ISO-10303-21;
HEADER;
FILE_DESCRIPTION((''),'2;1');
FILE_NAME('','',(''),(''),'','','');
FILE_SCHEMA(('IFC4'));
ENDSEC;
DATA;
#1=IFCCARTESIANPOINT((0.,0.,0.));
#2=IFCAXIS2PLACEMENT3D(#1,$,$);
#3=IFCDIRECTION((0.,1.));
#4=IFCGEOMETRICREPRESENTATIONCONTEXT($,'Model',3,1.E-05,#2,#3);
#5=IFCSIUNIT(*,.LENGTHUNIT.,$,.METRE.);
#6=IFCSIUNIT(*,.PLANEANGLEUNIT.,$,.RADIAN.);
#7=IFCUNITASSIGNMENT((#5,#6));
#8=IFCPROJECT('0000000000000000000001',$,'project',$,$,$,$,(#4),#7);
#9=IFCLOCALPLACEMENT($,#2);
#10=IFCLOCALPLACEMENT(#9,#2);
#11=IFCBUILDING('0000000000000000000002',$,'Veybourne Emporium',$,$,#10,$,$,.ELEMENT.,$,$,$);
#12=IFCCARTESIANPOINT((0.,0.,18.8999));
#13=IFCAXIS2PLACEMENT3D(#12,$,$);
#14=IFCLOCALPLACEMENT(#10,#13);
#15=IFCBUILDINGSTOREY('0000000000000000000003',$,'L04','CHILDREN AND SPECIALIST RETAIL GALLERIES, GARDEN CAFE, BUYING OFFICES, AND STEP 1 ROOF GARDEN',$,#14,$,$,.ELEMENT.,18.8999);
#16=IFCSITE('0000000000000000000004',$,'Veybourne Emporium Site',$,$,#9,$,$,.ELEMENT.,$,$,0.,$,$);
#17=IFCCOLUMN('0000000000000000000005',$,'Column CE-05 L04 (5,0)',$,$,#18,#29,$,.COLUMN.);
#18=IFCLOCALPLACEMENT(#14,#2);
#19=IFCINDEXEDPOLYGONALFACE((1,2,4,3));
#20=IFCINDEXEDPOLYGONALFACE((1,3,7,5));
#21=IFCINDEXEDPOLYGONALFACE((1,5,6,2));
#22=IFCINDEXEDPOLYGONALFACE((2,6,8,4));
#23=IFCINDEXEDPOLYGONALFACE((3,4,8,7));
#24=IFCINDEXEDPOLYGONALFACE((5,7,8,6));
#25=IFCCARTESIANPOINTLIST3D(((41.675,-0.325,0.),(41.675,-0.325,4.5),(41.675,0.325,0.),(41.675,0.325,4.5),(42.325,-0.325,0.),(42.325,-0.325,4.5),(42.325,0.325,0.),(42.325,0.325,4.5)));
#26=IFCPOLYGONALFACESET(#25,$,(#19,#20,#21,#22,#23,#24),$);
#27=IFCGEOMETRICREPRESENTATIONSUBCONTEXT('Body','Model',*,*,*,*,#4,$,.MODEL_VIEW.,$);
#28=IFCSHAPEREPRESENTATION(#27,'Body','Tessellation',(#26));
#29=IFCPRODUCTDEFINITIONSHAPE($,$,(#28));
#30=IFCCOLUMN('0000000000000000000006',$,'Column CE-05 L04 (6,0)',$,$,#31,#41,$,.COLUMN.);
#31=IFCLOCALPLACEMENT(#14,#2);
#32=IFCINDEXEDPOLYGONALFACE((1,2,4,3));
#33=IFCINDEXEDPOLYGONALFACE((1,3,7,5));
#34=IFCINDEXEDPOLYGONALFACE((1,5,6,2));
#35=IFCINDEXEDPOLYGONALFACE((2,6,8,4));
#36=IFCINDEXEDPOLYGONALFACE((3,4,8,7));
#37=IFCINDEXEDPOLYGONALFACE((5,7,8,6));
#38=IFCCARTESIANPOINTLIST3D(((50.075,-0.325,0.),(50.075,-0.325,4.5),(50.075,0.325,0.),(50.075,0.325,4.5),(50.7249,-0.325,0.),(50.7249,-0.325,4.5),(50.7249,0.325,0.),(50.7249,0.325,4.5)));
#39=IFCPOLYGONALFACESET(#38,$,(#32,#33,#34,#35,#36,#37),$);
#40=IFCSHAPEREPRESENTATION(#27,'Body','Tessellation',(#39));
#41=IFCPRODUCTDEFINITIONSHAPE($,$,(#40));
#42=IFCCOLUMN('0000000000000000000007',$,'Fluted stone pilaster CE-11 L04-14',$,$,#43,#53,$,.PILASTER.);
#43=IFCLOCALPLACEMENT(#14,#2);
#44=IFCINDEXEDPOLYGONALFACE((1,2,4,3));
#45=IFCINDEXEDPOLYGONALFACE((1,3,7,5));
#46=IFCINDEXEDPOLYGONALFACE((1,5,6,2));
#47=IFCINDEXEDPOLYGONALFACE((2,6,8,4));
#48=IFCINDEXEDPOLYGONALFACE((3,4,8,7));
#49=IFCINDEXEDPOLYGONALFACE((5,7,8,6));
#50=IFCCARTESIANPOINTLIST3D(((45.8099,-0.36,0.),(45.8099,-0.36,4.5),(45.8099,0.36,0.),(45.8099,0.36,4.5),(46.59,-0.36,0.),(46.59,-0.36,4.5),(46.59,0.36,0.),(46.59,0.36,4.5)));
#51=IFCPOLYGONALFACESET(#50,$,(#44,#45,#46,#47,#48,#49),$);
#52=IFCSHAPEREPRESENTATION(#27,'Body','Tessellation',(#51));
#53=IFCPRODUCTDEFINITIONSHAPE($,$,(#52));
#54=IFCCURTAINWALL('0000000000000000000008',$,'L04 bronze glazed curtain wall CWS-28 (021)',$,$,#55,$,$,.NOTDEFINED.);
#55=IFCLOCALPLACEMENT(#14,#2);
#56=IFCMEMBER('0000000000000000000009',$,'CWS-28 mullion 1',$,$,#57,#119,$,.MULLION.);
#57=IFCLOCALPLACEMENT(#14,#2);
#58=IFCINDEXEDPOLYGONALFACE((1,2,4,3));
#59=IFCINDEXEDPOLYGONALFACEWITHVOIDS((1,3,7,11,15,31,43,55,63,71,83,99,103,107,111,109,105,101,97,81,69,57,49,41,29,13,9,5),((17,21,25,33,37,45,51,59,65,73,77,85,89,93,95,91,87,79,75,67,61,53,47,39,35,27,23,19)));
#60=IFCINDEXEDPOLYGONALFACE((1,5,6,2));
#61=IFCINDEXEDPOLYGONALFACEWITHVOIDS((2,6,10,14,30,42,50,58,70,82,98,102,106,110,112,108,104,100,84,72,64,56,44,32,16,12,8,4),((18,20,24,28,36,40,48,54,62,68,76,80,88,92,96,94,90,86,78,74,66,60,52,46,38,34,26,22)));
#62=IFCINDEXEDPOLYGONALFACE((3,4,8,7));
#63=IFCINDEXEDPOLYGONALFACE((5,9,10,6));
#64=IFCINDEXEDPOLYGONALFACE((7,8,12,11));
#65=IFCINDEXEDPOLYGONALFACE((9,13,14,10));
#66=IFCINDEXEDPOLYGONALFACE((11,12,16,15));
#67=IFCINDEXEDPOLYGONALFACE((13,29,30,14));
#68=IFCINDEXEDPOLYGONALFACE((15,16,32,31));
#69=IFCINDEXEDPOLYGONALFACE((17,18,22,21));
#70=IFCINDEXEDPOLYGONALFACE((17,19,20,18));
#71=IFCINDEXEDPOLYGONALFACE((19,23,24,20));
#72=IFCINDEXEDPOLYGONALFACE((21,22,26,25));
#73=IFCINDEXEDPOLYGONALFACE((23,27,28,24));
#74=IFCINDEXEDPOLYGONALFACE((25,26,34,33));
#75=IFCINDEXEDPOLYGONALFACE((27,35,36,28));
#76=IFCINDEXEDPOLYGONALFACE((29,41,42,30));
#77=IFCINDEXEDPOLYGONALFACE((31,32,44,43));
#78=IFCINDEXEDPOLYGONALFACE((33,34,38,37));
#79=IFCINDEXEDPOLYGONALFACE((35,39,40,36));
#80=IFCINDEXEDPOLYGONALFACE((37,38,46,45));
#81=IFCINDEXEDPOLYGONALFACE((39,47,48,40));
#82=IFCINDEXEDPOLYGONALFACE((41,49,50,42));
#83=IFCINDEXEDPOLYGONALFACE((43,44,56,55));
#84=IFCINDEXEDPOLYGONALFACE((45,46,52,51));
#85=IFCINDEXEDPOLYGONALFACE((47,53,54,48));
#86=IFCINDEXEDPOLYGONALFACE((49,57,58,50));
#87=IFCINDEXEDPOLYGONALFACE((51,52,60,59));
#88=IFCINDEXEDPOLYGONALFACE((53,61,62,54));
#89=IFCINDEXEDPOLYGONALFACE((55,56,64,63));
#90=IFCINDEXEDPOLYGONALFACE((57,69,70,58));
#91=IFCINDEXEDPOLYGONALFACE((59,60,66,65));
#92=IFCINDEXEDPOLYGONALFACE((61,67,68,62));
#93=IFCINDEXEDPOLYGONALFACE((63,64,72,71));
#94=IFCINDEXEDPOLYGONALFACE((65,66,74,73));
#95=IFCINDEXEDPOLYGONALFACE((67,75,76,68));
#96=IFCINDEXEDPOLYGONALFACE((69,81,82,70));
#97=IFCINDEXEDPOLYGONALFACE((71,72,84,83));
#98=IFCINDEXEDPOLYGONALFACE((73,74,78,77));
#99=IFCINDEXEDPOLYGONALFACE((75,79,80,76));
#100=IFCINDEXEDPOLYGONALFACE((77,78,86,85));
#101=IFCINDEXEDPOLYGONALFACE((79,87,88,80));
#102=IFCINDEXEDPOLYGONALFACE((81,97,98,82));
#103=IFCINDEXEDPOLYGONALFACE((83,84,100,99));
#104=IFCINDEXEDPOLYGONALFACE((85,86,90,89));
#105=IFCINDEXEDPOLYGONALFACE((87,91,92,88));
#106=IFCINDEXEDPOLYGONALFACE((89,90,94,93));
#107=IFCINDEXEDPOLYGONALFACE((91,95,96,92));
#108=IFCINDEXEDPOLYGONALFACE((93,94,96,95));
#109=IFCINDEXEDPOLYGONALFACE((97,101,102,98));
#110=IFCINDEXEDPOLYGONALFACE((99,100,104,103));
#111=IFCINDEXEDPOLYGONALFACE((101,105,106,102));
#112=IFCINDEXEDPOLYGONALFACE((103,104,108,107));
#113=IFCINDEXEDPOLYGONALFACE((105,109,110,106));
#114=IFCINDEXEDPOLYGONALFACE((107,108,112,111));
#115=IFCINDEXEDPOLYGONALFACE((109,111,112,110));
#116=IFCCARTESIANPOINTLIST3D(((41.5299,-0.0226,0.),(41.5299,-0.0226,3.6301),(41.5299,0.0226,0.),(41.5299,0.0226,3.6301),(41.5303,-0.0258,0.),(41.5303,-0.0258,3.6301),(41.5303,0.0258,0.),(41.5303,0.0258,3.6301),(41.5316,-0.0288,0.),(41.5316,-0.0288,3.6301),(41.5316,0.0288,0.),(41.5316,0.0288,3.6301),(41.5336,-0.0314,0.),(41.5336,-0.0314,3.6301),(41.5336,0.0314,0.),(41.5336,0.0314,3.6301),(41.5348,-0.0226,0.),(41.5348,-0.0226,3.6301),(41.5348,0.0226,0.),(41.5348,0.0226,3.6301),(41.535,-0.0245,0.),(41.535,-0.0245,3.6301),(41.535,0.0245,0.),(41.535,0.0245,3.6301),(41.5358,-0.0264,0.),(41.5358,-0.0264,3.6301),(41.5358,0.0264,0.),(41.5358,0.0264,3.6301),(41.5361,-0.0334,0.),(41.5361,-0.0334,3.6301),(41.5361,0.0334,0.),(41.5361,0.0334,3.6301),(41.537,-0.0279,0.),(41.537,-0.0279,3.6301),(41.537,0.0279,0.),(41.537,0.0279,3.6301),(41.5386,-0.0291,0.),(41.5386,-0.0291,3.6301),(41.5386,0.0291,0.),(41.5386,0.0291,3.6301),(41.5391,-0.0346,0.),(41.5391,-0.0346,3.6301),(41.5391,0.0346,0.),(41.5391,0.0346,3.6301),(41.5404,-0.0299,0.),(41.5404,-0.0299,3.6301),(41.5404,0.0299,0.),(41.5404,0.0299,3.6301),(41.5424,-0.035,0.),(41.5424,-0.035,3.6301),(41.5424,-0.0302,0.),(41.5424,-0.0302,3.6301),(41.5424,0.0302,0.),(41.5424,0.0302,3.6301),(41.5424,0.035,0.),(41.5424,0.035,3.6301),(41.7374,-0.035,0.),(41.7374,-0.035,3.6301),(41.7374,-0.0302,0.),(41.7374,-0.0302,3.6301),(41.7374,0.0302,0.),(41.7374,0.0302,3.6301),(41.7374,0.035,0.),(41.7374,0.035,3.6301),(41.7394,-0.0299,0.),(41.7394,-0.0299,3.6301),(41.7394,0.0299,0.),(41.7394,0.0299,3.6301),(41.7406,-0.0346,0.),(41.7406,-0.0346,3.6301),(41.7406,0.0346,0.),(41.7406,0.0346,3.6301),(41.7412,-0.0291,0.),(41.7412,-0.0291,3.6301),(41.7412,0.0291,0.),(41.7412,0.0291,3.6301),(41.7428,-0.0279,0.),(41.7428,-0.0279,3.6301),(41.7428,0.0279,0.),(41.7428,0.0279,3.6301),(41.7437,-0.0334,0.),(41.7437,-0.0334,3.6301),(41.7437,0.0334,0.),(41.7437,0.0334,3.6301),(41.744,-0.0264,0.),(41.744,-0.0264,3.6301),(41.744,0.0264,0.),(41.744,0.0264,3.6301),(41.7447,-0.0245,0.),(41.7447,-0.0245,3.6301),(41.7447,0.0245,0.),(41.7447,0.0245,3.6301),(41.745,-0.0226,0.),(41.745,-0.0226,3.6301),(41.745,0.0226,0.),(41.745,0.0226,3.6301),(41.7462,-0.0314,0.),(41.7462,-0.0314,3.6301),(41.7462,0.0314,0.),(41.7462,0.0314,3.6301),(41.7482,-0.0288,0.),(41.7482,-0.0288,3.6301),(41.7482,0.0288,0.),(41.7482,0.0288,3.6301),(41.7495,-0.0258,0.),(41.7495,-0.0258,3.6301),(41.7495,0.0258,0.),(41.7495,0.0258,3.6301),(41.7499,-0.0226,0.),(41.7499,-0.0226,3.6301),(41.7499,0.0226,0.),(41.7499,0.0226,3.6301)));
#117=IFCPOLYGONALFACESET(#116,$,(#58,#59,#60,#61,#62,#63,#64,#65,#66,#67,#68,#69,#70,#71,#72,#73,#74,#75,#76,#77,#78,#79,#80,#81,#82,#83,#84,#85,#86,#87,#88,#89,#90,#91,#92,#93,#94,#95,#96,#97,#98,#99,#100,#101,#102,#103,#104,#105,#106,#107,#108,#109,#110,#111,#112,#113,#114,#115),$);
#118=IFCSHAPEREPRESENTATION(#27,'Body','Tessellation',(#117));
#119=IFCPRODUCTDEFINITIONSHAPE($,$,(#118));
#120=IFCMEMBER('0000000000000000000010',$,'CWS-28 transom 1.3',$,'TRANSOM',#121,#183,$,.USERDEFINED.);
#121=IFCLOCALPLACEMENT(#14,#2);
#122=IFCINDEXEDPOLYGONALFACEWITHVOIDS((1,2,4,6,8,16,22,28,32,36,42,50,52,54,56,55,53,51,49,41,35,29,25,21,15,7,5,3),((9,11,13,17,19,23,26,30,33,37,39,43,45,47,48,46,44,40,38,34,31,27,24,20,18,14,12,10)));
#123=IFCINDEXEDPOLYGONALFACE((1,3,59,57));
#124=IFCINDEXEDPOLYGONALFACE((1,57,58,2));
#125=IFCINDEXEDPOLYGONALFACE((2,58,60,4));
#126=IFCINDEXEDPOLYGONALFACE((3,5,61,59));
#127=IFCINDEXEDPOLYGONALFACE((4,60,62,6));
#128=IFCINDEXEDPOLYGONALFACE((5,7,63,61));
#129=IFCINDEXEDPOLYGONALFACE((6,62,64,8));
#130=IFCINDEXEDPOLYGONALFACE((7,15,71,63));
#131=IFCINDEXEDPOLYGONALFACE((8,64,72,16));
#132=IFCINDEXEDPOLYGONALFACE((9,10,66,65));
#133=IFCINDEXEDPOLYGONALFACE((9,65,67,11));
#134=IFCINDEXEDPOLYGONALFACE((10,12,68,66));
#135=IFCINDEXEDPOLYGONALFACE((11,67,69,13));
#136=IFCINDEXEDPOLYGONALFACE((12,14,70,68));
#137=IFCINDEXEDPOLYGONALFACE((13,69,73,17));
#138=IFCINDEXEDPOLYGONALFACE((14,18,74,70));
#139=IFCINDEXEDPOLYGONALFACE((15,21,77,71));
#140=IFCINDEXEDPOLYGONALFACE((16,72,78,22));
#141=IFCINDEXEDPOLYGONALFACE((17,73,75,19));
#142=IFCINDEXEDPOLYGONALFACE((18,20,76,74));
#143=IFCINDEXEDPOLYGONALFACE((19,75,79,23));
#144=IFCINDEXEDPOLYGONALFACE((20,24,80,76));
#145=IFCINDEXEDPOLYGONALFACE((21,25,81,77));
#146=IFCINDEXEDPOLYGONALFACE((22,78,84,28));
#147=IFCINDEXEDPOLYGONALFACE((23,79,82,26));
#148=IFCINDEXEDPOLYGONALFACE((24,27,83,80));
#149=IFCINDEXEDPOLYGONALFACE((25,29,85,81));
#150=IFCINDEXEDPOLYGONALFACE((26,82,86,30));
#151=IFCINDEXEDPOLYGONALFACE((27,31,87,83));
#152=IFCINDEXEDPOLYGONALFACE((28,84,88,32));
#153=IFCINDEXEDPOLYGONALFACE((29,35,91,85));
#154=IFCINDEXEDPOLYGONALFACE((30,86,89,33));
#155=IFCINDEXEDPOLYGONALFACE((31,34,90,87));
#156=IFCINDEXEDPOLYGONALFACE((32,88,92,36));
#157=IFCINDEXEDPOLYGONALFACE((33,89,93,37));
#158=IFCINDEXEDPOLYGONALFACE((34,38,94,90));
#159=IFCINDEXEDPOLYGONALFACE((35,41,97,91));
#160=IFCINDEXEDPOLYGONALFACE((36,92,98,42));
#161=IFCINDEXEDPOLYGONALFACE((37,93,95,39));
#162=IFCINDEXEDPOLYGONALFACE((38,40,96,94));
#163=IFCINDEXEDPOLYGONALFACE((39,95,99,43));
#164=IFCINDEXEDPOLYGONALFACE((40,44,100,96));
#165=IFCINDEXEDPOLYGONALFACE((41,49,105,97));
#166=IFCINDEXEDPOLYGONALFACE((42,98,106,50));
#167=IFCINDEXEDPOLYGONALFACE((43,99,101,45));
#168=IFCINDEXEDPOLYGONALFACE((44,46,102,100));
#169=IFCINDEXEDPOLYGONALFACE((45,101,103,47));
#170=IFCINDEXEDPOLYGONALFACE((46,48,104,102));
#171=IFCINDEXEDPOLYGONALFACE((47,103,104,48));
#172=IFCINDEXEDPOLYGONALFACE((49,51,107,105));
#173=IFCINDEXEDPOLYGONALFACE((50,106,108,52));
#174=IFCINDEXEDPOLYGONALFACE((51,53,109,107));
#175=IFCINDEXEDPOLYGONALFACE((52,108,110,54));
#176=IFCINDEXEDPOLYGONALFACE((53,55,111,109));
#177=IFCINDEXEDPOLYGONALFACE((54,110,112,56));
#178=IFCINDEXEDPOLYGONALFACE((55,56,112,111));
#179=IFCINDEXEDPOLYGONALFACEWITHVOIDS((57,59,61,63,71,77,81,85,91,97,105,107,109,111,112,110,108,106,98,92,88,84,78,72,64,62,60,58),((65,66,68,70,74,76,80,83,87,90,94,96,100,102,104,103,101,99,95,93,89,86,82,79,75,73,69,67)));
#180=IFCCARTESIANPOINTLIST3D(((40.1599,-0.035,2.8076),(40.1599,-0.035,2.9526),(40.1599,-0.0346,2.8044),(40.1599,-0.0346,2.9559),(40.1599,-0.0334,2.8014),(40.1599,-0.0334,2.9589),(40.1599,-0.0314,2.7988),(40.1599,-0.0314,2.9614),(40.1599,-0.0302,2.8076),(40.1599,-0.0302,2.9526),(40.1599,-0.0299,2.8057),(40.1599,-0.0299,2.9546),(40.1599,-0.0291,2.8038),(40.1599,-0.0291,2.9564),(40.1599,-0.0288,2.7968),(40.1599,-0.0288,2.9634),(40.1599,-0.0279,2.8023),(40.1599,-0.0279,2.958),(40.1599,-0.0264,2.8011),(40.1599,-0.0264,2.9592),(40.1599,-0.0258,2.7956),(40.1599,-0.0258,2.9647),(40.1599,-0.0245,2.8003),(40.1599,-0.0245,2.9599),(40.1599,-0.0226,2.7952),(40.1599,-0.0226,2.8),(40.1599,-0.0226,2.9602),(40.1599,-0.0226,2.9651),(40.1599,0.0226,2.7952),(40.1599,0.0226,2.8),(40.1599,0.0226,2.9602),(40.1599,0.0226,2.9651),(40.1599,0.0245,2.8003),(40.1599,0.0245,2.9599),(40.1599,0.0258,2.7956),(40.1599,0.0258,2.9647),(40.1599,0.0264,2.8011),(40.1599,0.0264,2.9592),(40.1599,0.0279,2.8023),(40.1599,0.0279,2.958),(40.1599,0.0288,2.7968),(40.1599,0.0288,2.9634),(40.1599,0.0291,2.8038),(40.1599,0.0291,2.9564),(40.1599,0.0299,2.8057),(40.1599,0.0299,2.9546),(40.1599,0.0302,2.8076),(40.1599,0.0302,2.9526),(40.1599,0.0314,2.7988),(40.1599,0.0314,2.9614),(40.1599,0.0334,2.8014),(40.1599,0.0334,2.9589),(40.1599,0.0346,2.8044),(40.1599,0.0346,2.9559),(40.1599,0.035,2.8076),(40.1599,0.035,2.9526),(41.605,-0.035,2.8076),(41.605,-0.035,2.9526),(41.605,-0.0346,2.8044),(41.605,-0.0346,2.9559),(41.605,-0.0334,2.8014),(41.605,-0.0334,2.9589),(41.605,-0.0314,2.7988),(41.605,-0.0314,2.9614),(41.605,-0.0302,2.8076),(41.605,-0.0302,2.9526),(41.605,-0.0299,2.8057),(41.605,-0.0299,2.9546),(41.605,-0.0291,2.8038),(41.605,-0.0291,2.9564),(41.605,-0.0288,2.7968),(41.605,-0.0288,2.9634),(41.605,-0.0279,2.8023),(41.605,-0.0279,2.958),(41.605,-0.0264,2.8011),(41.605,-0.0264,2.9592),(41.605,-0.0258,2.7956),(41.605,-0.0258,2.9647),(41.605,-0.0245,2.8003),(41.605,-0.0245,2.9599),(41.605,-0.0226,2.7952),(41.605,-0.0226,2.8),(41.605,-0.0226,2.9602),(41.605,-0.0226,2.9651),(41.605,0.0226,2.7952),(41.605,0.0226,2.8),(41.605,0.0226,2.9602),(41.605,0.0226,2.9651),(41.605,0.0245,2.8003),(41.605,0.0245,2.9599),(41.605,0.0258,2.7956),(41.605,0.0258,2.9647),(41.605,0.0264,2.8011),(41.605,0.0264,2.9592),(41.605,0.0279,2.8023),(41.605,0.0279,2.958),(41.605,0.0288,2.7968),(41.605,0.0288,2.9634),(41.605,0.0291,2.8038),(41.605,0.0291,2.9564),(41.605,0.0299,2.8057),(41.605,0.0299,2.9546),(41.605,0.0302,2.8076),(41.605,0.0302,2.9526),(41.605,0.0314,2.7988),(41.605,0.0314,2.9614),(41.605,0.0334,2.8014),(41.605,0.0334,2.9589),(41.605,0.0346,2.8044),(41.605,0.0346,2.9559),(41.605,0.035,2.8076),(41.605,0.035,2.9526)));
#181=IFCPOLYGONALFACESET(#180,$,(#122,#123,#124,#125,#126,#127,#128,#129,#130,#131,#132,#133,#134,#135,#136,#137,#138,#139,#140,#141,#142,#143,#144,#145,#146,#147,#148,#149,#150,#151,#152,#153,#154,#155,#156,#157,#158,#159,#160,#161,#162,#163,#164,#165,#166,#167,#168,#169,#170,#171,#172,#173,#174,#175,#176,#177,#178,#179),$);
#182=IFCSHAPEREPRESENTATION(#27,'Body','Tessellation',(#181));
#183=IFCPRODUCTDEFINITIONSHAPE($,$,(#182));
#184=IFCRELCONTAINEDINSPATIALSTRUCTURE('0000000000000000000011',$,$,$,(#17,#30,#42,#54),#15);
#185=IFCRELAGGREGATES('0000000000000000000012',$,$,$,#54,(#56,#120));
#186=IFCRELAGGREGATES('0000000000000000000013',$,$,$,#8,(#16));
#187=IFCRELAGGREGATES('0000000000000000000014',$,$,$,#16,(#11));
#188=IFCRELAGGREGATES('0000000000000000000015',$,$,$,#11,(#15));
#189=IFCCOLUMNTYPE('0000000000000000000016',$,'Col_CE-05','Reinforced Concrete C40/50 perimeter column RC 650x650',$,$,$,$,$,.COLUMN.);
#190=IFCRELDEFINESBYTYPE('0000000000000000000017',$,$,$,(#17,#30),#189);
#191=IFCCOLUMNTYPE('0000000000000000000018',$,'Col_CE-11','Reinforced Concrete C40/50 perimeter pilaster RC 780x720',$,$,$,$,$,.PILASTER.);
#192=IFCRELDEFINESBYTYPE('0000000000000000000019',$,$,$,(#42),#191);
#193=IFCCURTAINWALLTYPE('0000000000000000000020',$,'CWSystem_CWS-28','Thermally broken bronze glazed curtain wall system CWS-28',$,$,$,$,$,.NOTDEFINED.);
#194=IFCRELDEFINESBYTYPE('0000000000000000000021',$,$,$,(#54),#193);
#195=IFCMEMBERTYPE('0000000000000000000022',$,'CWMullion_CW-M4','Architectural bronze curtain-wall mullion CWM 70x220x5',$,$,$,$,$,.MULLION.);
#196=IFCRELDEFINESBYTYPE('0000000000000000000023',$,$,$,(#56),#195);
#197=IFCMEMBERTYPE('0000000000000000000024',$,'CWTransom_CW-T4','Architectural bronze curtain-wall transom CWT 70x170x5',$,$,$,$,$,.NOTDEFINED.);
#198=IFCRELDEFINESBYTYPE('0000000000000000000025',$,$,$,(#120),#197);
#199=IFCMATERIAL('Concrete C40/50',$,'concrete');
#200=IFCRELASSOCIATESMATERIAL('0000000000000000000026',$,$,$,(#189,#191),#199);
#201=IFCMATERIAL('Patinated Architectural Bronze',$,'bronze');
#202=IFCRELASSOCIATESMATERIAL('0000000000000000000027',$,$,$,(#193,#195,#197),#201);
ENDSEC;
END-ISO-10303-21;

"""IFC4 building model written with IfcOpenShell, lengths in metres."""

from ifc_helpers import new_model, si_unit, direction, frame, origin, origin_2d, place, context, subcontext, project, spatial, rectangle, hollow_rectangle, extrude, material, material_profile, profile_set, type_object, element, aggregate, save


model = new_model("IFC4")

# Units and contexts
model_context = context("Model", 3, precision=1e-05, world=origin(), true_north=direction((0.0, 1.0)))
body_context = subcontext(model_context, "Body", "Model", "MODEL_VIEW")
ifc_project = project(units=[si_unit("LENGTHUNIT", "METRE"), si_unit("PLANEANGLEUNIT", "RADIAN")], contexts=[model_context])

# Site, building, storey
site_placement = place(None, origin())
site = spatial("IfcSite", under=ifc_project, at=site_placement, Name="Veybourne Emporium Site", CompositionType="ELEMENT", RefElevation=0.0)
building_placement = place(site_placement, origin())
building = spatial("IfcBuilding", under=site, at=building_placement, Name="Veybourne Emporium", CompositionType="ELEMENT")
storey_placement = place(building_placement, frame((0.0, 0.0, 18.8999)))
storey = spatial("IfcBuildingStorey", under=building, at=storey_placement, Name="L04", Description="CHILDREN AND SPECIALIST RETAIL GALLERIES, GARDEN CAFE, BUYING OFFICES, AND STEP 1 ROOF GARDEN", CompositionType="ELEMENT", Elevation=18.8999)

# Columns
ifc_material_1 = material(Name="Concrete C40/50", Category="concrete")
ifc_material_profile_1 = material_profile(ifc_material_1, rectangle(XDim=0.6499, YDim=0.6499, at=origin_2d()), Name="RC 650x650")
ifc_profile_set_1 = profile_set([ifc_material_profile_1], Name="Concrete C40/50")
column_type_1 = type_object("IfcColumnType", Name="Col_CE-05", Description="Reinforced Concrete C40/50 perimeter column RC 650x650", PredefinedType="COLUMN", material=ifc_profile_set_1)
for number, where, z_axis, x_axis, name in (
    (1, (42.0, 0.0, 0.0), (0.0, 0.0, 1.0), (1.0, 0.0, 0.0), "Column CE-05 L04 (5,0)"),
    (2, (50.3999, 0.0, 0.0), (0.0, 0.0, 1.0), (1.0, 0.0, 0.0), "Column CE-05 L04 (6,0)"),
):
    element("IfcColumn", number, at=place(storey_placement, frame(where, z_axis=z_axis, x_axis=x_axis)), inside=storey, type_object=column_type_1, Name=name, PredefinedType="COLUMN", context=body_context, shape_type="SweptSolid", body=[
        extrude(rectangle(XDim=0.6499, YDim=0.6499, at=origin_2d()), origin(), (0.0, 0.0, 1.0), 4.5),
    ])
ifc_material_profile_2 = material_profile(ifc_material_1, rectangle(XDim=0.78, YDim=0.72, at=origin_2d()), Name="RC 780x720")
ifc_profile_set_2 = profile_set([ifc_material_profile_2], Name="Concrete C40/50")
column_type_2 = type_object("IfcColumnType", Name="Col_CE-11", Description="Reinforced Concrete C40/50 perimeter pilaster RC 780x720", PredefinedType="PILASTER", material=ifc_profile_set_2)
column_placement = place(storey_placement, frame((46.2, 0.0, 0.0), z_axis=(0.0, 0.0, 1.0), x_axis=(1.0, 0.0, 0.0)))
element("IfcColumn", 3, at=column_placement, inside=storey, type_object=column_type_2, Name="Fluted stone pilaster CE-11 L04-14", PredefinedType="PILASTER", context=body_context, shape_type="SweptSolid", body=[
    extrude(rectangle(XDim=0.78, YDim=0.72, at=origin_2d()), origin(), (0.0, 0.0, 1.0), 4.5),
])

# Curtain wall, members
ifc_material_2 = material(Name="Patinated Architectural Bronze", Category="bronze")
curtain_wall_type = type_object("IfcCurtainWallType", Name="CWSystem_CWS-28", Description="Thermally broken bronze glazed curtain wall system CWS-28", PredefinedType="NOTDEFINED", material=ifc_material_2)
curtain_wall_placement = place(storey_placement, origin())
curtain_wall = element("IfcCurtainWall", 4, at=curtain_wall_placement, inside=storey, type_object=curtain_wall_type, Name="L04 bronze glazed curtain wall CWS-28 (021)", PredefinedType="NOTDEFINED")
ifc_material_profile_3 = material_profile(ifc_material_2, hollow_rectangle(XDim=0.0701, YDim=0.22, WallThickness=0.0049, InnerFilletRadius=0.0076, OuterFilletRadius=0.0125, at=origin_2d()), Name="CWM 70x220x5")
ifc_profile_set_3 = profile_set([ifc_material_profile_3], Name="Patinated Architectural Bronze")
member_type_1 = type_object("IfcMemberType", Name="CWMullion_CW-M4", Description="Architectural bronze curtain-wall mullion CWM 70x220x5", PredefinedType="MULLION", material=ifc_profile_set_3)
member_1_placement = place(storey_placement, frame((41.6399, 0.0, 0.0), z_axis=(0.0, 0.0, 1.0), x_axis=(0.0, -1.0, 0.0)))
member_1 = element("IfcMember", 5, at=member_1_placement, type_object=member_type_1, Name="CWS-28 mullion 1", PredefinedType="MULLION", context=body_context, shape_type="SweptSolid", body=[
    extrude(hollow_rectangle(XDim=0.0701, YDim=0.22, WallThickness=0.0049, InnerFilletRadius=0.0076, OuterFilletRadius=0.0125, at=origin_2d()), origin(), (0.0, 0.0, 1.0), 3.6301),
])
ifc_material_profile_4 = material_profile(ifc_material_2, hollow_rectangle(XDim=0.0701, YDim=0.1699, WallThickness=0.0049, InnerFilletRadius=0.0076, OuterFilletRadius=0.0125, at=origin_2d()), Name="CWT 70x170x5")
ifc_profile_set_4 = profile_set([ifc_material_profile_4], Name="Patinated Architectural Bronze")
member_type_2 = type_object("IfcMemberType", Name="CWTransom_CW-T4", Description="Architectural bronze curtain-wall transom CWT 70x170x5", PredefinedType="NOTDEFINED", material=ifc_profile_set_4)
member_2_placement = place(storey_placement, frame((41.605, 0.0, 2.8801), z_axis=(-1.0, 0.0, 0.0), x_axis=(0.0, -1.0, 0.0)))
member_2 = element("IfcMember", 6, at=member_2_placement, type_object=member_type_2, Name="CWS-28 transom 1.3", ObjectType="TRANSOM", PredefinedType="USERDEFINED", context=body_context, shape_type="SweptSolid", body=[
    extrude(hollow_rectangle(XDim=0.0701, YDim=0.1699, WallThickness=0.0049, InnerFilletRadius=0.0076, OuterFilletRadius=0.0125, at=origin_2d()), origin(), (0.0, 0.0, 1.0), 1.4451),
])
aggregate(curtain_wall, [member_1, member_2])

save(model, "model.ifc")
